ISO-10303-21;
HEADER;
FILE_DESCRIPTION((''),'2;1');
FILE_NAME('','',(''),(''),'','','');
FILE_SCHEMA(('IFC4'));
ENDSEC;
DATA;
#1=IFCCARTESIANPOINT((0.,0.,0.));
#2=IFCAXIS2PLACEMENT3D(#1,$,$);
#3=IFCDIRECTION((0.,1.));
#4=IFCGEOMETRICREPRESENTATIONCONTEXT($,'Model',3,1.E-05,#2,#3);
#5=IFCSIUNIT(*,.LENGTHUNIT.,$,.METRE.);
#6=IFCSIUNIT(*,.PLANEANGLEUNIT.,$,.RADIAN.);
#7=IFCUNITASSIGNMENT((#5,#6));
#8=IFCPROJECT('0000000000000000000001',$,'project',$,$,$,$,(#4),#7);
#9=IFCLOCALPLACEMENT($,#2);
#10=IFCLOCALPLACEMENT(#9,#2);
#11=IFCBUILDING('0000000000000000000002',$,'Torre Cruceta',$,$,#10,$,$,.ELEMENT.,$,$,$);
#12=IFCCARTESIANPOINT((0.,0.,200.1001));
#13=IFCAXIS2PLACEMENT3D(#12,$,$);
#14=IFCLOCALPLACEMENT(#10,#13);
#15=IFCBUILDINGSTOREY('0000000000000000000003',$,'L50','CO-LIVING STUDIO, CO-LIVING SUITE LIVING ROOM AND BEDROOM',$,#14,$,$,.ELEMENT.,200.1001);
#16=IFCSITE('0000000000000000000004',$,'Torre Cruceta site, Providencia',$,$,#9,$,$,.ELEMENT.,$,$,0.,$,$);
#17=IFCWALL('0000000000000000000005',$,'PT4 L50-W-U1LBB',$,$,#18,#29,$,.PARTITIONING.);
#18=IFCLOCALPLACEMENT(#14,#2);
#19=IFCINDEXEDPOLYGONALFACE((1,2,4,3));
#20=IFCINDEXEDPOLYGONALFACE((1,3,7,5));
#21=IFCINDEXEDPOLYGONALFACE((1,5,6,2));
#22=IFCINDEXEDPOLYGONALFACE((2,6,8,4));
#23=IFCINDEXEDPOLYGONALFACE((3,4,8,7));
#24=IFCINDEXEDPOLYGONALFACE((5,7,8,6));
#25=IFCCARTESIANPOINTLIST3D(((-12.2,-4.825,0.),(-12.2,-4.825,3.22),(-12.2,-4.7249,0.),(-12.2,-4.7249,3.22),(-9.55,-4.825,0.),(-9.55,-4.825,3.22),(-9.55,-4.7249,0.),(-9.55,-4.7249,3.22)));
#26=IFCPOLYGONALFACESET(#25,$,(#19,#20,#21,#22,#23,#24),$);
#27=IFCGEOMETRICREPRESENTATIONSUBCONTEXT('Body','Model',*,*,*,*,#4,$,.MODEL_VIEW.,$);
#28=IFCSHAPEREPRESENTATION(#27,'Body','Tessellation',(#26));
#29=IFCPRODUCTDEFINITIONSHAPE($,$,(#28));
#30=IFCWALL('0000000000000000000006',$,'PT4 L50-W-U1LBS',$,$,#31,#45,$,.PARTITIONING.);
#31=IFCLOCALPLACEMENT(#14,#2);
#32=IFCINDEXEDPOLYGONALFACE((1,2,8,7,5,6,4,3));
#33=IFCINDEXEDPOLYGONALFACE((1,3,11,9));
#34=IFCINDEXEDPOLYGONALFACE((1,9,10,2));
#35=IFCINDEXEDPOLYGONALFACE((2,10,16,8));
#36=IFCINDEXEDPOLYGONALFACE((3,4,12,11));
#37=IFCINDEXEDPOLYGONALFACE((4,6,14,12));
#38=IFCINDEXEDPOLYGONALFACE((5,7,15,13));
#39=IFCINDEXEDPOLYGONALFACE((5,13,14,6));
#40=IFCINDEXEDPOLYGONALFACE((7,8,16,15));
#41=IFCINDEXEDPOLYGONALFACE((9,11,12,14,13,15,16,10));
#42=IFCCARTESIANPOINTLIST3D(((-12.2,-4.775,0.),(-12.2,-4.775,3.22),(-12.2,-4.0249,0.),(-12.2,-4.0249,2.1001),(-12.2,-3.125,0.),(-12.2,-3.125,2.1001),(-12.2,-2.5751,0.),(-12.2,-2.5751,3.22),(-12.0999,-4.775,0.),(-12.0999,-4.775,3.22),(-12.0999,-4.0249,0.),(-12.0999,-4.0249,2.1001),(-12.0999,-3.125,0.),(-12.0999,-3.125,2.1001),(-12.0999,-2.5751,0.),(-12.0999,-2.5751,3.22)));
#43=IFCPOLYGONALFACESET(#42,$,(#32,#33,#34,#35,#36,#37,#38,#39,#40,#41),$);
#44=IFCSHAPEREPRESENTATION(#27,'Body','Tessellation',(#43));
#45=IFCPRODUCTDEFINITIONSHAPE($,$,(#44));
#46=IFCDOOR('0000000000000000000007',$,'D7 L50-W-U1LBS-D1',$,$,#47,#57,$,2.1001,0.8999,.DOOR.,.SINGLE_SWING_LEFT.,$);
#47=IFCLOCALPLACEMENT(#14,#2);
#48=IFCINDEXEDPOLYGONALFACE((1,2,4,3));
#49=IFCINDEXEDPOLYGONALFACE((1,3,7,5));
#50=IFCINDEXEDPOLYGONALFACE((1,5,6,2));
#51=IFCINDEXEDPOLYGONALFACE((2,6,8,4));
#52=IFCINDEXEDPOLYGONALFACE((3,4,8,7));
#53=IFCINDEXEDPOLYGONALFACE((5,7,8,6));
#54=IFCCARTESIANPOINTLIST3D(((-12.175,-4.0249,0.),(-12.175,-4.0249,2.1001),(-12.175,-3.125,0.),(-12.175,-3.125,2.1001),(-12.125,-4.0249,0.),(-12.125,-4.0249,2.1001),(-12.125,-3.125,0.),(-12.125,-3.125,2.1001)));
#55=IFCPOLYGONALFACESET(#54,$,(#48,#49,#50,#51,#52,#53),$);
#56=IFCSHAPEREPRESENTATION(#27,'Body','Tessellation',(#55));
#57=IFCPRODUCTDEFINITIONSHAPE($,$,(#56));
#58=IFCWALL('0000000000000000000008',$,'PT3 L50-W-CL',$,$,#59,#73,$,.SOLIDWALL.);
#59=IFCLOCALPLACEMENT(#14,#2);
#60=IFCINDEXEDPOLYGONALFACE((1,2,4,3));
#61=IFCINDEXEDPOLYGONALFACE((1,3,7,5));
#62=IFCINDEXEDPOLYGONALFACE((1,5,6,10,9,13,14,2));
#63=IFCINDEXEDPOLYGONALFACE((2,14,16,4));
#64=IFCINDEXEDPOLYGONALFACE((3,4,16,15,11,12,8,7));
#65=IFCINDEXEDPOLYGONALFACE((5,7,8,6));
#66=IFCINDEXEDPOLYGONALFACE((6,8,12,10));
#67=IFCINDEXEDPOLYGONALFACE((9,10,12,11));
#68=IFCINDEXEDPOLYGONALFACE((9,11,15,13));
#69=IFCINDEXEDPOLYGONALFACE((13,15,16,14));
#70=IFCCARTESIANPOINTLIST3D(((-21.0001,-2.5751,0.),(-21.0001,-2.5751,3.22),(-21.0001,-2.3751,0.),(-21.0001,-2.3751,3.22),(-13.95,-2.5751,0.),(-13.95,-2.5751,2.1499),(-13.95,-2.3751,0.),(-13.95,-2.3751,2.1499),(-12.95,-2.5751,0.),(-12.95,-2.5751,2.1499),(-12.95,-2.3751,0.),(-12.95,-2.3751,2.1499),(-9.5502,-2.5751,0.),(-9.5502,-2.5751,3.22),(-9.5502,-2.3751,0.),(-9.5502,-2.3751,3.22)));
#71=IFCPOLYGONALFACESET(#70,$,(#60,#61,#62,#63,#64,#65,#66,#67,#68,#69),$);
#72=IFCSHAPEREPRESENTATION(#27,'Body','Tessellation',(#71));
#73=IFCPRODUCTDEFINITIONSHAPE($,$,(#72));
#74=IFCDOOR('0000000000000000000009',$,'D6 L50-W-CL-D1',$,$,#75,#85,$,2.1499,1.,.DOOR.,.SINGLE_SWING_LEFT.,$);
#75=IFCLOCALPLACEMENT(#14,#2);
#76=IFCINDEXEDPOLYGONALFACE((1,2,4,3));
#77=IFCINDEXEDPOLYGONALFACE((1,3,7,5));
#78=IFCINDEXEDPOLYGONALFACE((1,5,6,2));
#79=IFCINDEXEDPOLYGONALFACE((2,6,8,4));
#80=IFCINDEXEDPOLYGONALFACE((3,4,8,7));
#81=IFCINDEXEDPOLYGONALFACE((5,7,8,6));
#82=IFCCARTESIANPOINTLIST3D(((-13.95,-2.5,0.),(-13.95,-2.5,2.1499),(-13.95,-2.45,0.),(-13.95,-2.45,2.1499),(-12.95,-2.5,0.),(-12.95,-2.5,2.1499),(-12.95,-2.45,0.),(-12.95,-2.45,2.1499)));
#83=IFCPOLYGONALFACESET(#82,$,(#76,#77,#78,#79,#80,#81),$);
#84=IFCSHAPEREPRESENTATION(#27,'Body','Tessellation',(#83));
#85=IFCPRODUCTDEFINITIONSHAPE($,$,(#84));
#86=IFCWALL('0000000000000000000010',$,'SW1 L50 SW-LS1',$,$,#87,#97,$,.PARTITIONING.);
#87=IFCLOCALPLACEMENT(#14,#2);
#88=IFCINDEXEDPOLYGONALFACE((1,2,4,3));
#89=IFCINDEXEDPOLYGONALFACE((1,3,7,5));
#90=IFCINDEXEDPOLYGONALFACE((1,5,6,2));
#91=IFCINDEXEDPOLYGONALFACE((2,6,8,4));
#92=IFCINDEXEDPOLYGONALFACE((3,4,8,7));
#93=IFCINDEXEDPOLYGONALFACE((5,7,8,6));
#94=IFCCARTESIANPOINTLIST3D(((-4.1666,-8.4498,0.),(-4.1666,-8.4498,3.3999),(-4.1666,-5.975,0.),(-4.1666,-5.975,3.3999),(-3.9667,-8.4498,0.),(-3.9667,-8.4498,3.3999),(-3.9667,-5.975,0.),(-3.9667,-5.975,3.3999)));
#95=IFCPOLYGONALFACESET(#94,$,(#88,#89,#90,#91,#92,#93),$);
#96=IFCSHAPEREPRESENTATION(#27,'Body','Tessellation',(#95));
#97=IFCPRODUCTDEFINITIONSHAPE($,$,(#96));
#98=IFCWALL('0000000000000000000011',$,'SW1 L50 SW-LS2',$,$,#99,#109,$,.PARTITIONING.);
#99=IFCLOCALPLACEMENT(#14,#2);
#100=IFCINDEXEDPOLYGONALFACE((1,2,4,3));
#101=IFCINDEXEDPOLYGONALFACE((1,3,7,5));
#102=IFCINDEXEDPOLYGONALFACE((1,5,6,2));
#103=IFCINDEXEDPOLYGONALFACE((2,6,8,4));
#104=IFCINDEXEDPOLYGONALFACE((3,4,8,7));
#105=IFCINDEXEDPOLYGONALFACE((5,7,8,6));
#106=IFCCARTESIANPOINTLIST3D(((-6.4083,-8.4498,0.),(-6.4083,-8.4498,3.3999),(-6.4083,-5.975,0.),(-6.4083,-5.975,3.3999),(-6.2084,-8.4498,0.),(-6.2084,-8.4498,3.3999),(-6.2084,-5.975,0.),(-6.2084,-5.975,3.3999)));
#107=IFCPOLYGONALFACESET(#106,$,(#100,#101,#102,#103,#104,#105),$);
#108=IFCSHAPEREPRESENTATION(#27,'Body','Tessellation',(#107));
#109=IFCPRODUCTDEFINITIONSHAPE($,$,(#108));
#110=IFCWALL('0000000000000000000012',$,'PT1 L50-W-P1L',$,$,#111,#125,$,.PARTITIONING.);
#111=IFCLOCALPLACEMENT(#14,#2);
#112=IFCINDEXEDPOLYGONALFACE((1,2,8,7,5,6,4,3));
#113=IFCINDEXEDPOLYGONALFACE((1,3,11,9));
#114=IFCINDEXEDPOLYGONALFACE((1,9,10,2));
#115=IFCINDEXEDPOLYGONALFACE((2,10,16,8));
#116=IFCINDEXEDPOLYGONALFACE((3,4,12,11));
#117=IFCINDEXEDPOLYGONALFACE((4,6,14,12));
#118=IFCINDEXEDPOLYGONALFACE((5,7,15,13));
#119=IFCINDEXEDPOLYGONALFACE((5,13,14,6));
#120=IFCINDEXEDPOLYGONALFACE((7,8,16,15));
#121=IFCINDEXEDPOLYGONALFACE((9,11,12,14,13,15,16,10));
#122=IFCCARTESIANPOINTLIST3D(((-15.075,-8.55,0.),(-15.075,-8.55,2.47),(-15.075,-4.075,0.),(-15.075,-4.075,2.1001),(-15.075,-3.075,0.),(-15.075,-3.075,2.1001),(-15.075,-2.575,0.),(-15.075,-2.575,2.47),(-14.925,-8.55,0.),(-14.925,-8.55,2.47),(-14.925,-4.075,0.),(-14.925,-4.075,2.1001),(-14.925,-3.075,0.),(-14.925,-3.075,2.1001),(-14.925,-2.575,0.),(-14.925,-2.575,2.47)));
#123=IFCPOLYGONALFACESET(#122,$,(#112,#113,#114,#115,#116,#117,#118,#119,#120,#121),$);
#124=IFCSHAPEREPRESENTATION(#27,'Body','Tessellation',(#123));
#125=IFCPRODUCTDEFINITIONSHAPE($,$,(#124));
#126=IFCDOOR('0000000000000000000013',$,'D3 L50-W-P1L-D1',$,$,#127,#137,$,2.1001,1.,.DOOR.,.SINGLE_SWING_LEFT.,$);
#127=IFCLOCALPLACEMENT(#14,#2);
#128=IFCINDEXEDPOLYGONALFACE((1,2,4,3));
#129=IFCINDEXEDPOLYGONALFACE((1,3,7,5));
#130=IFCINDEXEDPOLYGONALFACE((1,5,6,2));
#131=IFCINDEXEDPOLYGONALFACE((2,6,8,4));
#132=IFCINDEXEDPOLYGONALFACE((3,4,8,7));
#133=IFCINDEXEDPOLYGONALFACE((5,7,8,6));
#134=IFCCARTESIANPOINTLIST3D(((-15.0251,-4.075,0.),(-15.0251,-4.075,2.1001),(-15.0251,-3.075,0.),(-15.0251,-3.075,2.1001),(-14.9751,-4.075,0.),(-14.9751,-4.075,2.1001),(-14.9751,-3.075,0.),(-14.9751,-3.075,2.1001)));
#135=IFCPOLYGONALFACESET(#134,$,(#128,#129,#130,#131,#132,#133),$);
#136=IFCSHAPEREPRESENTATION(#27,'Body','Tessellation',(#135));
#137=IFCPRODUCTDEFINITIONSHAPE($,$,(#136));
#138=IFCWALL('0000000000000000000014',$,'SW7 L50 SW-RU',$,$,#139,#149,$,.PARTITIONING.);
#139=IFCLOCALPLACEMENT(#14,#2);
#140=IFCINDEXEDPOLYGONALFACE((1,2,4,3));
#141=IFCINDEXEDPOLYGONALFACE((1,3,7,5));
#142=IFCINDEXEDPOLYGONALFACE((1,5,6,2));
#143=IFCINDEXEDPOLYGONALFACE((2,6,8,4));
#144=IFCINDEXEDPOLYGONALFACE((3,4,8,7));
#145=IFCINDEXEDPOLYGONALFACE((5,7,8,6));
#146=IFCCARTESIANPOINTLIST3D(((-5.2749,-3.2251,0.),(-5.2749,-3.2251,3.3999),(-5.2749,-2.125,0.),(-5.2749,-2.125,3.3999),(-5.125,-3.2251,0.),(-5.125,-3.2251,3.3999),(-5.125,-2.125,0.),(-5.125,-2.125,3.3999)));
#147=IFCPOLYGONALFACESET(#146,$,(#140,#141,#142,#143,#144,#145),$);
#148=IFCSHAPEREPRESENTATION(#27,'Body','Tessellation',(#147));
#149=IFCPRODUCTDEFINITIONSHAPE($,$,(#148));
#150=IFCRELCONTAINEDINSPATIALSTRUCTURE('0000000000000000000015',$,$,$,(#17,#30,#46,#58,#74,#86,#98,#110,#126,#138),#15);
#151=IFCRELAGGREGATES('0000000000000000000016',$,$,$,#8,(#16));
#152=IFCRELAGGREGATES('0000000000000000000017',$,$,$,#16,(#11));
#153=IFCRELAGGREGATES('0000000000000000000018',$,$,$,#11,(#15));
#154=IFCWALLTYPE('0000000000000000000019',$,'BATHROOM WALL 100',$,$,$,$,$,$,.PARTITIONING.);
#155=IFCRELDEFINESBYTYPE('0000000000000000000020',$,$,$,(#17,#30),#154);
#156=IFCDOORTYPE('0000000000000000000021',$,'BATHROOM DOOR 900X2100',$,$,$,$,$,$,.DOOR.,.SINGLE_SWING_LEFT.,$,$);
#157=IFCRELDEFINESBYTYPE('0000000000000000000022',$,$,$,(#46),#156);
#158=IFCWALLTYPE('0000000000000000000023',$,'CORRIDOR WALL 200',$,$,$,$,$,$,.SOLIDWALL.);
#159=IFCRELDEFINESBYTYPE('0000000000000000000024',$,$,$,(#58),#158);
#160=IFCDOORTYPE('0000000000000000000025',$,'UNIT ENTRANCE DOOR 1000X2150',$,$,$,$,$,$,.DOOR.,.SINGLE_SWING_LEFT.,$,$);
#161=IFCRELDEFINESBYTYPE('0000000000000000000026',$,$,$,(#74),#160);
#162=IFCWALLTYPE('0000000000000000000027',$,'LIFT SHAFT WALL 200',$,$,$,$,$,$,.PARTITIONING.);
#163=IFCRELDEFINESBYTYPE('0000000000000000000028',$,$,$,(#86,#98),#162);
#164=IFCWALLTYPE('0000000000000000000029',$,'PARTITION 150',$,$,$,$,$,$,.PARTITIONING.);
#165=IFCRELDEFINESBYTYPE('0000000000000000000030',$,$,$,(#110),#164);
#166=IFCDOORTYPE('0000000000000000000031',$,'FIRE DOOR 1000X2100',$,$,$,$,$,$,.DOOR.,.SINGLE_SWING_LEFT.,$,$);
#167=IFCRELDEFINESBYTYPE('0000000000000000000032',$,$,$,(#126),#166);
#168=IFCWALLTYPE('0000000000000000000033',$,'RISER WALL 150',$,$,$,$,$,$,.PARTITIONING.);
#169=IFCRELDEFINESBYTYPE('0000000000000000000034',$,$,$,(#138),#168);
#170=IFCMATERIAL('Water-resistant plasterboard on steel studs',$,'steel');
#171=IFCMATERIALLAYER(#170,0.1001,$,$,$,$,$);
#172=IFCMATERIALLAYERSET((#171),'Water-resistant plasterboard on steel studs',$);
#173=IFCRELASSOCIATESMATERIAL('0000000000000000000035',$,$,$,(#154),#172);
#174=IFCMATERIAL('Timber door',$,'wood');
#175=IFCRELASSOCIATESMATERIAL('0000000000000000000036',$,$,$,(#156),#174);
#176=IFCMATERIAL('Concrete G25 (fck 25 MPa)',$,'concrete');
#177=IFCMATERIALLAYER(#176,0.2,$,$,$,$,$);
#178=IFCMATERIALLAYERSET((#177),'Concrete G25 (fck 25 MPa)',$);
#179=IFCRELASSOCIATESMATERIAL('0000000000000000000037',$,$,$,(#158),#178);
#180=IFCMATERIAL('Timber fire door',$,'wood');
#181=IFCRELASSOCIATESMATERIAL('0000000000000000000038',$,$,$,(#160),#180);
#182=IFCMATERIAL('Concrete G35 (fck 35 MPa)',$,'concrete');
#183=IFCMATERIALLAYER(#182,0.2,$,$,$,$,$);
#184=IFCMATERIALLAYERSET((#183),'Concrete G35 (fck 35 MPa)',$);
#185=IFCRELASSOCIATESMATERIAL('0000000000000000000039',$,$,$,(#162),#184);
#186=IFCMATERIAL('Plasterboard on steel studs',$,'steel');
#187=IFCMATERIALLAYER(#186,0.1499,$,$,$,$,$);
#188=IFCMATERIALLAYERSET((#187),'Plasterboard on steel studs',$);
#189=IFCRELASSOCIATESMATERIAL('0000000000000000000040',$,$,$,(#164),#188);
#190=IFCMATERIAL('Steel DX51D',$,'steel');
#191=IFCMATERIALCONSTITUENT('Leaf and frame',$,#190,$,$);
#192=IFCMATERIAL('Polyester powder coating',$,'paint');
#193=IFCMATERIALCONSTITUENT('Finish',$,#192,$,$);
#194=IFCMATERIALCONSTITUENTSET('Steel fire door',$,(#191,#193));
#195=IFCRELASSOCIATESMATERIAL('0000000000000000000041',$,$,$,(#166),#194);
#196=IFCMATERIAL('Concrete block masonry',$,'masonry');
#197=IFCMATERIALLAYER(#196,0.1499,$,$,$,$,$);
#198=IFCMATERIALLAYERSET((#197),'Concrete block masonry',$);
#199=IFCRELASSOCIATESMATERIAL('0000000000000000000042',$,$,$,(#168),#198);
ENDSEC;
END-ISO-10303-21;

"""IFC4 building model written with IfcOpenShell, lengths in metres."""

from ifc_helpers import new_model, si_unit, direction, frame, frame_2d, origin, place, context, subcontext, project, spatial, rectangle, extrude, material, layer, layer_set, constituent, constituent_set, type_object, element, fill, save


model = new_model("IFC4")

# Units and contexts
model_context = context("Model", 3, precision=1e-05, world=origin(), true_north=direction((0.0, 1.0)))
body_context = subcontext(model_context, "Body", "Model", "MODEL_VIEW")
ifc_project = project(units=[si_unit("LENGTHUNIT", "METRE"), si_unit("PLANEANGLEUNIT", "RADIAN")], contexts=[model_context])

# Site, building, storey
site_placement = place(None, origin())
site = spatial("IfcSite", under=ifc_project, at=site_placement, Name="Torre Cruceta site, Providencia", CompositionType="ELEMENT", RefElevation=0.0)
building_placement = place(site_placement, origin())
building = spatial("IfcBuilding", under=site, at=building_placement, Name="Torre Cruceta", CompositionType="ELEMENT")
storey_placement = place(building_placement, frame((0.0, 0.0, 200.1001)))
storey = spatial("IfcBuildingStorey", under=building, at=storey_placement, Name="L50", Description="CO-LIVING STUDIO, CO-LIVING SUITE LIVING ROOM AND BEDROOM", CompositionType="ELEMENT", Elevation=200.1001)

# Wall
ifc_material_1 = material(Name="Water-resistant plasterboard on steel studs", Category="steel")
ifc_layer_1 = layer(ifc_material_1, 0.1001)
ifc_layer_set_1 = layer_set([ifc_layer_1], Name="Water-resistant plasterboard on steel studs")
wall_type_1 = type_object("IfcWallType", Name="BATHROOM WALL 100", PredefinedType="PARTITIONING", material=ifc_layer_set_1)
wall_1_placement = place(storey_placement, frame((-9.55, -4.7749, 0.0), z_axis=(0.0, 0.0, 1.0), x_axis=(-1.0, 0.0, 0.0)))
element("IfcWall", 1, at=wall_1_placement, inside=storey, type_object=wall_type_1, Name="PT4 L50-W-U1LBB", PredefinedType="PARTITIONING", context=body_context, shape_type="SweptSolid", body=[
    extrude(rectangle(XDim=2.6499, YDim=0.1001, at=frame_2d((1.325, 0.0))), origin(), (0.0, 0.0, 1.0), 3.22),
])

# Walls, openings, doors
wall_2_placement = place(storey_placement, frame((-12.1499, -2.575, 0.0), z_axis=(0.0, 0.0, 1.0), x_axis=(0.0, -1.0, 0.0)))
wall_2 = element("IfcWall", 2, at=wall_2_placement, inside=storey, type_object=wall_type_1, Name="PT4 L50-W-U1LBS", PredefinedType="PARTITIONING", context=body_context, shape_type="SweptSolid", body=[
    extrude(rectangle(XDim=2.2, YDim=0.1001, at=frame_2d((1.1001, 0.0))), origin(), (0.0, 0.0, 1.0), 3.22),
])
opening_1_placement = place(wall_2_placement, frame((0.55, 0.0, 0.0)))
opening_1 = element("IfcOpeningElement", 3, at=opening_1_placement, cuts=wall_2, PredefinedType="OPENING", context=body_context, shape_type="SweptSolid", body=[
    extrude(rectangle(XDim=0.8999, YDim=2.1001, at=frame_2d((0.45, 1.05))), frame((0.0, 0.0601, 0.0), z_axis=(0.0, -1.0, 0.0), x_axis=(1.0, 0.0, 0.0)), (0.0, 0.0, 1.0), 0.1201),
])
ifc_material_2 = material(Name="Timber door", Category="wood")
door_type_1 = type_object("IfcDoorType", Name="BATHROOM DOOR 900X2100", OperationType="SINGLE_SWING_LEFT", PredefinedType="DOOR", material=ifc_material_2)
door_1_placement = place(opening_1_placement, origin())
door_1 = element("IfcDoor", 4, at=door_1_placement, inside=storey, type_object=door_type_1, Name="D7 L50-W-U1LBS-D1", OperationType="SINGLE_SWING_LEFT", OverallHeight=2.1001, OverallWidth=0.8999, PredefinedType="DOOR", context=body_context, shape_type="SweptSolid", body=[
    extrude(rectangle(XDim=0.8999, YDim=2.1001, at=frame_2d((0.45, 1.05))), frame((0.0, 0.0249, 0.0), z_axis=(0.0, -1.0, 0.0), x_axis=(1.0, 0.0, 0.0)), (0.0, 0.0, 1.0), 0.05),
])
fill(opening_1, door_1)
ifc_material_3 = material(Name="Concrete G25 (fck 25 MPa)", Category="concrete")
ifc_layer_2 = layer(ifc_material_3, 0.2)
ifc_layer_set_2 = layer_set([ifc_layer_2], Name="Concrete G25 (fck 25 MPa)")
wall_type_2 = type_object("IfcWallType", Name="CORRIDOR WALL 200", PredefinedType="SOLIDWALL", material=ifc_layer_set_2)
wall_3_placement = place(storey_placement, frame((-9.55, -2.4751, 0.0), z_axis=(0.0, 0.0, 1.0), x_axis=(-1.0, 0.0, 0.0)))
wall_3 = element("IfcWall", 5, at=wall_3_placement, inside=storey, type_object=wall_type_2, Name="PT3 L50-W-CL", PredefinedType="SOLIDWALL", context=body_context, shape_type="SweptSolid", body=[
    extrude(rectangle(XDim=11.45, YDim=0.2, at=frame_2d((5.7251, 0.0))), origin(), (0.0, 0.0, 1.0), 3.22),
])
opening_2_placement = place(wall_3_placement, frame((3.3999, 0.0, 0.0)))
opening_2 = element("IfcOpeningElement", 6, at=opening_2_placement, cuts=wall_3, PredefinedType="OPENING", context=body_context, shape_type="SweptSolid", body=[
    extrude(rectangle(XDim=1.0, YDim=2.1499, at=frame_2d((0.5, 1.075))), frame((0.0, 0.1099, 0.0), z_axis=(0.0, -1.0, 0.0), x_axis=(1.0, 0.0, 0.0)), (0.0, 0.0, 1.0), 0.22),
])
ifc_material_4 = material(Name="Timber fire door", Category="wood")
door_type_2 = type_object("IfcDoorType", Name="UNIT ENTRANCE DOOR 1000X2150", OperationType="SINGLE_SWING_LEFT", PredefinedType="DOOR", material=ifc_material_4)
door_2_placement = place(opening_2_placement, origin())
door_2 = element("IfcDoor", 7, at=door_2_placement, inside=storey, type_object=door_type_2, Name="D6 L50-W-CL-D1", OperationType="SINGLE_SWING_LEFT", OverallHeight=2.1499, OverallWidth=1.0, PredefinedType="DOOR", context=body_context, shape_type="SweptSolid", body=[
    extrude(rectangle(XDim=1.0, YDim=2.1499, at=frame_2d((0.5, 1.075))), frame((0.0, 0.0249, 0.0), z_axis=(0.0, -1.0, 0.0), x_axis=(1.0, 0.0, 0.0)), (0.0, 0.0, 1.0), 0.05),
])
fill(opening_2, door_2)

# Walls
ifc_material_5 = material(Name="Concrete G35 (fck 35 MPa)", Category="concrete")
ifc_layer_3 = layer(ifc_material_5, 0.2)
ifc_layer_set_3 = layer_set([ifc_layer_3], Name="Concrete G35 (fck 35 MPa)")
wall_type_3 = type_object("IfcWallType", Name="LIFT SHAFT WALL 200", PredefinedType="PARTITIONING", material=ifc_layer_set_3)
for number, where, z_axis, x_axis, name in (
    (8, (-4.0667, -5.9751, 0.0), (0.0, 0.0, 1.0), (0.0, -1.0, 0.0), "SW1 L50 SW-LS1"),
    (9, (-6.3083, -5.9751, 0.0), (0.0, 0.0, 1.0), (0.0, -1.0, 0.0), "SW1 L50 SW-LS2"),
):
    element("IfcWall", number, at=place(storey_placement, frame(where, z_axis=z_axis, x_axis=x_axis)), inside=storey, type_object=wall_type_3, Name=name, PredefinedType="PARTITIONING", context=body_context, shape_type="SweptSolid", body=[
        extrude(rectangle(XDim=2.4749, YDim=0.2, at=frame_2d((1.2373, 0.0))), origin(), (0.0, 0.0, 1.0), 3.3999),
    ])

# Wall, opening, door
ifc_material_6 = material(Name="Plasterboard on steel studs", Category="steel")
ifc_layer_4 = layer(ifc_material_6, 0.1499)
ifc_layer_set_4 = layer_set([ifc_layer_4], Name="Plasterboard on steel studs")
wall_type_4 = type_object("IfcWallType", Name="PARTITION 150", PredefinedType="PARTITIONING", material=ifc_layer_set_4)
wall_4_placement = place(storey_placement, frame((-15.0, -2.575, 0.0), z_axis=(0.0, 0.0, 1.0), x_axis=(0.0, -1.0, 0.0)))
wall_4 = element("IfcWall", 10, at=wall_4_placement, inside=storey, type_object=wall_type_4, Name="PT1 L50-W-P1L", PredefinedType="PARTITIONING", context=body_context, shape_type="SweptSolid", body=[
    extrude(rectangle(XDim=5.9751, YDim=0.1499, at=frame_2d((2.9875, 0.0))), origin(), (0.0, 0.0, 1.0), 2.47),
])
opening_3_placement = place(wall_4_placement, frame((0.5, 0.0, 0.0)))
opening_3 = element("IfcOpeningElement", 11, at=opening_3_placement, cuts=wall_4, PredefinedType="OPENING", context=body_context, shape_type="SweptSolid", body=[
    extrude(rectangle(XDim=1.0, YDim=2.1001, at=frame_2d((0.5, 1.05))), frame((0.0, 0.085, 0.0), z_axis=(0.0, -1.0, 0.0), x_axis=(1.0, 0.0, 0.0)), (0.0, 0.0, 1.0), 0.1699),
])
ifc_material_7 = material(Name="Steel DX51D", Category="steel")
ifc_constituent_1 = constituent(ifc_material_7, Name="Leaf and frame")
ifc_material_8 = material(Name="Polyester powder coating", Category="paint")
ifc_constituent_2 = constituent(ifc_material_8, Name="Finish")
ifc_constituent_set_1 = constituent_set(constituents=[ifc_constituent_1, ifc_constituent_2], Name="Steel fire door")
door_type_3 = type_object("IfcDoorType", Name="FIRE DOOR 1000X2100", OperationType="SINGLE_SWING_LEFT", PredefinedType="DOOR", material=ifc_constituent_set_1)
door_3_placement = place(opening_3_placement, origin())
door_3 = element("IfcDoor", 12, at=door_3_placement, inside=storey, type_object=door_type_3, Name="D3 L50-W-P1L-D1", OperationType="SINGLE_SWING_LEFT", OverallHeight=2.1001, OverallWidth=1.0, PredefinedType="DOOR", context=body_context, shape_type="SweptSolid", body=[
    extrude(rectangle(XDim=1.0, YDim=2.1001, at=frame_2d((0.5, 1.05))), frame((0.0, 0.0249, 0.0), z_axis=(0.0, -1.0, 0.0), x_axis=(1.0, 0.0, 0.0)), (0.0, 0.0, 1.0), 0.05),
])
fill(opening_3, door_3)

# Wall
ifc_material_9 = material(Name="Concrete block masonry", Category="masonry")
ifc_layer_5 = layer(ifc_material_9, 0.1499)
ifc_layer_set_5 = layer_set([ifc_layer_5], Name="Concrete block masonry")
wall_type_5 = type_object("IfcWallType", Name="RISER WALL 150", PredefinedType="PARTITIONING", material=ifc_layer_set_5)
wall_5_placement = place(storey_placement, frame((-5.2, -2.125, 0.0), z_axis=(0.0, 0.0, 1.0), x_axis=(0.0, -1.0, 0.0)))
element("IfcWall", 13, at=wall_5_placement, inside=storey, type_object=wall_type_5, Name="SW7 L50 SW-RU", PredefinedType="PARTITIONING", context=body_context, shape_type="SweptSolid", body=[
    extrude(rectangle(XDim=1.1001, YDim=0.1499, at=frame_2d((0.55, 0.0))), origin(), (0.0, 0.0, 1.0), 3.3999),
])

save(model, "model.ifc")
